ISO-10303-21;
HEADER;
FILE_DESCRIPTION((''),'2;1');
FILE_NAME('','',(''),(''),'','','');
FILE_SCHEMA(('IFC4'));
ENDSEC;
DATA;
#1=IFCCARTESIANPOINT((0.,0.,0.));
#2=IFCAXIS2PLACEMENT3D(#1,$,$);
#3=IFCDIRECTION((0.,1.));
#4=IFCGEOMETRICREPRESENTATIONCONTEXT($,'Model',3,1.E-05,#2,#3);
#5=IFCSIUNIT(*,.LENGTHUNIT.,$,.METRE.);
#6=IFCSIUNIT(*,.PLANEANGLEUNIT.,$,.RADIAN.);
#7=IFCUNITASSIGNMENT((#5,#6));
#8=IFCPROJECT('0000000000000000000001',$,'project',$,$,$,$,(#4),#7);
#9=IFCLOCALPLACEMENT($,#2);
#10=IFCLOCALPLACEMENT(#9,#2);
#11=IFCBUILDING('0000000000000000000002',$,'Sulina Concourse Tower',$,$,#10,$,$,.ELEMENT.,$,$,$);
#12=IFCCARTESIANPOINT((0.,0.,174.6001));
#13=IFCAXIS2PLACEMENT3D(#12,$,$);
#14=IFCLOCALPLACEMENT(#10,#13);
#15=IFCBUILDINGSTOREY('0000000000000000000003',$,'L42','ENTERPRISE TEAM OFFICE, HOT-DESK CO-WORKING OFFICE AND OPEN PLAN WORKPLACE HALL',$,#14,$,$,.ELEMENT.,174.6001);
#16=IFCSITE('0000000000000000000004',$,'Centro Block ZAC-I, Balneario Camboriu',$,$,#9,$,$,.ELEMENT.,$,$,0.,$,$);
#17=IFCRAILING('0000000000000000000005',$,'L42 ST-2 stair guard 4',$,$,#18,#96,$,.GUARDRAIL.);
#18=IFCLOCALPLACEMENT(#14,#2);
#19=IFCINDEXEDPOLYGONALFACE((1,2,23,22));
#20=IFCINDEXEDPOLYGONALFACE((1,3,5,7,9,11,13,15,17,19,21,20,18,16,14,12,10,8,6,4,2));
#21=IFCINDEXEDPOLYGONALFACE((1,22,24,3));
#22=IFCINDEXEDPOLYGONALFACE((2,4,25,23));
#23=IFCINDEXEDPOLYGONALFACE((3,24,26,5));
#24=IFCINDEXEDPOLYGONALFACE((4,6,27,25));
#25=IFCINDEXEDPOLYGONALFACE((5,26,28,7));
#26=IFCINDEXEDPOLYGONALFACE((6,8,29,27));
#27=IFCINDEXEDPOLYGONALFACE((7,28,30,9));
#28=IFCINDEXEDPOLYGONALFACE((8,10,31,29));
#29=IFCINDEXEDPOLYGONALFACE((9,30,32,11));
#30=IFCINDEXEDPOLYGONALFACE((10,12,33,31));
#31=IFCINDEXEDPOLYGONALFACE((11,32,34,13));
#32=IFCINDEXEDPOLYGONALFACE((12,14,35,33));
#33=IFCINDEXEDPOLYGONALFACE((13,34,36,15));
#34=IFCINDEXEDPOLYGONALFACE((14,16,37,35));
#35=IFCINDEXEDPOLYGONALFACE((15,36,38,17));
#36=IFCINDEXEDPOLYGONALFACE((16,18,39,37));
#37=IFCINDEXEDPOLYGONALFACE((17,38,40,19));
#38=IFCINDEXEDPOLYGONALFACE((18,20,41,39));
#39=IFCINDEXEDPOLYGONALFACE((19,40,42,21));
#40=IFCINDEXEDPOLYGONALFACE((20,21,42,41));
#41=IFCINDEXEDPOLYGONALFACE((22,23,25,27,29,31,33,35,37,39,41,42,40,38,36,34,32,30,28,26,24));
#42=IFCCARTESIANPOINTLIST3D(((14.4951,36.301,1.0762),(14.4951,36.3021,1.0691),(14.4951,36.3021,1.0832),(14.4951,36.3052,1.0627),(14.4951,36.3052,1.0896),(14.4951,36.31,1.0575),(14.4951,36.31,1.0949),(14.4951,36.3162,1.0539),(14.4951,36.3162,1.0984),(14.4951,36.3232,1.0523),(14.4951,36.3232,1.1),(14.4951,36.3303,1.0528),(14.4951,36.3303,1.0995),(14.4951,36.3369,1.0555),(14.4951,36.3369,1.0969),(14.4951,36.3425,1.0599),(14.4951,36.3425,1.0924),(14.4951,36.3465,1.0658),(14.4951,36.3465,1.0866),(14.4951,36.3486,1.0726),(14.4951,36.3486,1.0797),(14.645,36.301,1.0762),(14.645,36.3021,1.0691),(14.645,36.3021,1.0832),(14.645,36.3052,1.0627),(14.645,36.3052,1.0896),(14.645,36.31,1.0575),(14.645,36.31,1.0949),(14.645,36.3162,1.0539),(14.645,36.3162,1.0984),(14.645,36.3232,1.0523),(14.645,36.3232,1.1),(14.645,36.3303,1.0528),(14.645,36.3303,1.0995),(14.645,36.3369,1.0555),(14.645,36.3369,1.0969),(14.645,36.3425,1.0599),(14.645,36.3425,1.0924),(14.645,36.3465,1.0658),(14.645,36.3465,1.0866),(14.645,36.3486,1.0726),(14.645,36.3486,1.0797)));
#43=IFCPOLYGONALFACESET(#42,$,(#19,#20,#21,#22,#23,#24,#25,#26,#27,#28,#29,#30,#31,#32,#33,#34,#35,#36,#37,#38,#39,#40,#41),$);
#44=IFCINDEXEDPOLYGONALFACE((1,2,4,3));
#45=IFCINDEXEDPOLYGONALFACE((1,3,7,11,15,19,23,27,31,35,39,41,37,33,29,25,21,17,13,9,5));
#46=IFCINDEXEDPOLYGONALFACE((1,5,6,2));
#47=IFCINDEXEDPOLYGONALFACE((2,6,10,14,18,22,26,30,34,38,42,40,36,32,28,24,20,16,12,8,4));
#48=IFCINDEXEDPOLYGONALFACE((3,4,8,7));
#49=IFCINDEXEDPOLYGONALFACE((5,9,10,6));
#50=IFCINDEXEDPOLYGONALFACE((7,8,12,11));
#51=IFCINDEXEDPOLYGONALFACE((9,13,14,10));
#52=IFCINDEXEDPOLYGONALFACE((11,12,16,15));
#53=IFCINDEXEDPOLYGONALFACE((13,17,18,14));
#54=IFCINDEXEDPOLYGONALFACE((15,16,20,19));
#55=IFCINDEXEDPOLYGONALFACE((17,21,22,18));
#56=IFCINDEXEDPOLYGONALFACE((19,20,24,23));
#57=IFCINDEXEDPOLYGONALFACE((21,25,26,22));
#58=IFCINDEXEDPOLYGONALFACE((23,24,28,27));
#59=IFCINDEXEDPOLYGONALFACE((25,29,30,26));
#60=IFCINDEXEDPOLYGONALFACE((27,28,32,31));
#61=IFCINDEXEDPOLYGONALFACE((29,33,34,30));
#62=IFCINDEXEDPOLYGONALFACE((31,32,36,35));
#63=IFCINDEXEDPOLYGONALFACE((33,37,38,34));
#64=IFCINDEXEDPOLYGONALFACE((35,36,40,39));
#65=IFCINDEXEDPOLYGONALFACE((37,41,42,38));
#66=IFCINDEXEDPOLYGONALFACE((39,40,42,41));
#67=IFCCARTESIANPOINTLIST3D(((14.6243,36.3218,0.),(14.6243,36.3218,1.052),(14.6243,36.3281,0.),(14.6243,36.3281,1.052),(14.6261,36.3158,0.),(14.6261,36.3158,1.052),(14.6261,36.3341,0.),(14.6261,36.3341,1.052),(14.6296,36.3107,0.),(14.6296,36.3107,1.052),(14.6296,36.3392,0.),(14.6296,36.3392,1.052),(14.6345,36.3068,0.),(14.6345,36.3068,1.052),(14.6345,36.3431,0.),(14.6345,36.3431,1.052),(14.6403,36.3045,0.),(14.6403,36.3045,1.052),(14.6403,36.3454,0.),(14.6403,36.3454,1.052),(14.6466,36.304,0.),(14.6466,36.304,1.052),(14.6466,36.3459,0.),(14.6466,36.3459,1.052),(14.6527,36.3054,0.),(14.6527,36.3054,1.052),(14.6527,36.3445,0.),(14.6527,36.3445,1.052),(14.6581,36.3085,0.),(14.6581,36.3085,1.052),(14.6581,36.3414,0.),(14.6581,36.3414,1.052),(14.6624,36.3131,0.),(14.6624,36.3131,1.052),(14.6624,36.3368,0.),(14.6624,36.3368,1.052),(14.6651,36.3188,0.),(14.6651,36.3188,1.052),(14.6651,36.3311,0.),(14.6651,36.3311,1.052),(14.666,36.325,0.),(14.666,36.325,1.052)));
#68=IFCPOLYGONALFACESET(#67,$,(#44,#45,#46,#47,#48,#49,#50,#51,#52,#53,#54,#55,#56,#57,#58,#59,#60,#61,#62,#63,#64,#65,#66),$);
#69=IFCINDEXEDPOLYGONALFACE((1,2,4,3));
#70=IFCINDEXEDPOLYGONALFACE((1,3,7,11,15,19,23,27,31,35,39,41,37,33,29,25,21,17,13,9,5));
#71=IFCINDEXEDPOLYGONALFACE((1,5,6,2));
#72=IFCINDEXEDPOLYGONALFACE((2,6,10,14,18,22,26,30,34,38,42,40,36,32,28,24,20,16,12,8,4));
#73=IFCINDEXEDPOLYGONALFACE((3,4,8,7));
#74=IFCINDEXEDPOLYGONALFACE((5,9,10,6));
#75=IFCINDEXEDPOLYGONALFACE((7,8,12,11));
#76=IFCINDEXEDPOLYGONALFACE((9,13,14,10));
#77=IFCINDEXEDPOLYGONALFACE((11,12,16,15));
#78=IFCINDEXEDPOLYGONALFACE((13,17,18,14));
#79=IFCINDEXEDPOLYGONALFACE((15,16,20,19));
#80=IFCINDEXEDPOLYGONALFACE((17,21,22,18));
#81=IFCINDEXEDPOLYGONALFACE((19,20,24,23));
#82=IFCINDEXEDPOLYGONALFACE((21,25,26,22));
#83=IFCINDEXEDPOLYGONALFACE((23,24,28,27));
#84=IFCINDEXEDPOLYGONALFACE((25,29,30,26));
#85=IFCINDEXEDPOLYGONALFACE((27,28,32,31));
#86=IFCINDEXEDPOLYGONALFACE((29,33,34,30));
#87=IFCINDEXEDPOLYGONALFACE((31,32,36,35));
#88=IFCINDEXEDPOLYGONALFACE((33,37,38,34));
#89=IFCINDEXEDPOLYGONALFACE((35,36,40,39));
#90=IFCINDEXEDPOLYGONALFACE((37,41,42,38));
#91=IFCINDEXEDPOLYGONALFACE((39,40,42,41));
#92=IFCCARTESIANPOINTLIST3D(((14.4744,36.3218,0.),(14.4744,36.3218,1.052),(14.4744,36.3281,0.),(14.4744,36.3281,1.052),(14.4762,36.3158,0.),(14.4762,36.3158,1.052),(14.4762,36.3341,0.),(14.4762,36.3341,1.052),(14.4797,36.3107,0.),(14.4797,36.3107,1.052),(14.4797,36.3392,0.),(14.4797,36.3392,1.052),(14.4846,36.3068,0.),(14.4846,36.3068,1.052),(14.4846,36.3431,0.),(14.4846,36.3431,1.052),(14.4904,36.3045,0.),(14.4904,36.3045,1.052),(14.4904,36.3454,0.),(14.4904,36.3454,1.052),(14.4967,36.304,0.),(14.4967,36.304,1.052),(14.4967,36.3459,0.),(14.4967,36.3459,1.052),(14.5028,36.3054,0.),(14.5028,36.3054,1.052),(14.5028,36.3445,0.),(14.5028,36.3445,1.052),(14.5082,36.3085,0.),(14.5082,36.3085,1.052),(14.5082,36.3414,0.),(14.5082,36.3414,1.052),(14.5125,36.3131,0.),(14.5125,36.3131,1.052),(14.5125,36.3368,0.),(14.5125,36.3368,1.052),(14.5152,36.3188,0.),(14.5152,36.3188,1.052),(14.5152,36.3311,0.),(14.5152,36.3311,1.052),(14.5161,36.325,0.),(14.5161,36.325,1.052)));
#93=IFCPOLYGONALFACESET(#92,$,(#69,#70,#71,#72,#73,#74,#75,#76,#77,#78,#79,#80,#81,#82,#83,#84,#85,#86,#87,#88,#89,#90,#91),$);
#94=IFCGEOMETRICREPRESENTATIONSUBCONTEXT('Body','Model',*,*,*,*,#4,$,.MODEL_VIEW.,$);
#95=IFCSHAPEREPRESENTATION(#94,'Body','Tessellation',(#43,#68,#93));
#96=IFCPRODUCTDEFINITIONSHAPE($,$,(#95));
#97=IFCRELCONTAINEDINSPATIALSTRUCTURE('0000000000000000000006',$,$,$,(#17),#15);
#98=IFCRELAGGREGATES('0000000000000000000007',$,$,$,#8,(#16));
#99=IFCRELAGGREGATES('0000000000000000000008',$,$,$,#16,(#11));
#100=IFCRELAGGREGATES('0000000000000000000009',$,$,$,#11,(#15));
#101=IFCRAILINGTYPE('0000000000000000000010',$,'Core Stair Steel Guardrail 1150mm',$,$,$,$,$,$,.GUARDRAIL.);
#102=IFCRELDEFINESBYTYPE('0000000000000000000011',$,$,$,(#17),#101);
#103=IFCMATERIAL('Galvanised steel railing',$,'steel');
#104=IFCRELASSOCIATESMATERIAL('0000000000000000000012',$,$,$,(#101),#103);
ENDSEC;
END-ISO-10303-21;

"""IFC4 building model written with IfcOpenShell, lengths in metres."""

from ifc_helpers import new_model, si_unit, direction, frame, origin, origin_2d, place, context, subcontext, project, spatial, circle, extrude, material, type_object, element, save


model = new_model("IFC4")

# Units and contexts
model_context = context("Model", 3, precision=1e-05, world=origin(), true_north=direction((0.0, 1.0)))
body_context = subcontext(model_context, "Body", "Model", "MODEL_VIEW")
ifc_project = project(units=[si_unit("LENGTHUNIT", "METRE"), si_unit("PLANEANGLEUNIT", "RADIAN")], contexts=[model_context])

# Site, building, storey
site_placement = place(None, origin())
site = spatial("IfcSite", under=ifc_project, at=site_placement, Name="Centro Block ZAC-I, Balneario Camboriu", CompositionType="ELEMENT", RefElevation=0.0)
building_placement = place(site_placement, origin())
building = spatial("IfcBuilding", under=site, at=building_placement, Name="Sulina Concourse Tower", CompositionType="ELEMENT")
storey_placement = place(building_placement, frame((0.0, 0.0, 174.6001)))
storey = spatial("IfcBuildingStorey", under=building, at=storey_placement, Name="L42", Description="ENTERPRISE TEAM OFFICE, HOT-DESK CO-WORKING OFFICE AND OPEN PLAN WORKPLACE HALL", CompositionType="ELEMENT", Elevation=174.6001)

# Railing
ifc_material_1 = material(Name="Galvanised steel railing", Category="steel")
railing_type_1 = type_object("IfcRailingType", Name="Core Stair Steel Guardrail 1150mm", PredefinedType="GUARDRAIL", material=ifc_material_1)
railing_1_placement = place(storey_placement, frame((14.645, 36.325, 0.0)))
element("IfcRailing", 1, at=railing_1_placement, inside=storey, type_object=railing_type_1, Name="L42 ST-2 stair guard 4", PredefinedType="GUARDRAIL", context=body_context, shape_type="SweptSolid", body=[
    extrude(circle(Radius=0.0239, at=origin_2d()), frame((0.0, 0.0, 1.0762), z_axis=(-1.0, 0.0, 0.0), x_axis=(0.0, -1.0, 0.0)), (0.0, 0.0, 1.0), 0.1499),
    extrude(circle(Radius=0.021, at=origin_2d()), origin(), (0.0, 0.0, 1.0), 1.052),
    extrude(circle(Radius=0.021, at=origin_2d()), frame((-0.1499, 0.0, 0.0)), (0.0, 0.0, 1.0), 1.052),
])

save(model, "model.ifc")
